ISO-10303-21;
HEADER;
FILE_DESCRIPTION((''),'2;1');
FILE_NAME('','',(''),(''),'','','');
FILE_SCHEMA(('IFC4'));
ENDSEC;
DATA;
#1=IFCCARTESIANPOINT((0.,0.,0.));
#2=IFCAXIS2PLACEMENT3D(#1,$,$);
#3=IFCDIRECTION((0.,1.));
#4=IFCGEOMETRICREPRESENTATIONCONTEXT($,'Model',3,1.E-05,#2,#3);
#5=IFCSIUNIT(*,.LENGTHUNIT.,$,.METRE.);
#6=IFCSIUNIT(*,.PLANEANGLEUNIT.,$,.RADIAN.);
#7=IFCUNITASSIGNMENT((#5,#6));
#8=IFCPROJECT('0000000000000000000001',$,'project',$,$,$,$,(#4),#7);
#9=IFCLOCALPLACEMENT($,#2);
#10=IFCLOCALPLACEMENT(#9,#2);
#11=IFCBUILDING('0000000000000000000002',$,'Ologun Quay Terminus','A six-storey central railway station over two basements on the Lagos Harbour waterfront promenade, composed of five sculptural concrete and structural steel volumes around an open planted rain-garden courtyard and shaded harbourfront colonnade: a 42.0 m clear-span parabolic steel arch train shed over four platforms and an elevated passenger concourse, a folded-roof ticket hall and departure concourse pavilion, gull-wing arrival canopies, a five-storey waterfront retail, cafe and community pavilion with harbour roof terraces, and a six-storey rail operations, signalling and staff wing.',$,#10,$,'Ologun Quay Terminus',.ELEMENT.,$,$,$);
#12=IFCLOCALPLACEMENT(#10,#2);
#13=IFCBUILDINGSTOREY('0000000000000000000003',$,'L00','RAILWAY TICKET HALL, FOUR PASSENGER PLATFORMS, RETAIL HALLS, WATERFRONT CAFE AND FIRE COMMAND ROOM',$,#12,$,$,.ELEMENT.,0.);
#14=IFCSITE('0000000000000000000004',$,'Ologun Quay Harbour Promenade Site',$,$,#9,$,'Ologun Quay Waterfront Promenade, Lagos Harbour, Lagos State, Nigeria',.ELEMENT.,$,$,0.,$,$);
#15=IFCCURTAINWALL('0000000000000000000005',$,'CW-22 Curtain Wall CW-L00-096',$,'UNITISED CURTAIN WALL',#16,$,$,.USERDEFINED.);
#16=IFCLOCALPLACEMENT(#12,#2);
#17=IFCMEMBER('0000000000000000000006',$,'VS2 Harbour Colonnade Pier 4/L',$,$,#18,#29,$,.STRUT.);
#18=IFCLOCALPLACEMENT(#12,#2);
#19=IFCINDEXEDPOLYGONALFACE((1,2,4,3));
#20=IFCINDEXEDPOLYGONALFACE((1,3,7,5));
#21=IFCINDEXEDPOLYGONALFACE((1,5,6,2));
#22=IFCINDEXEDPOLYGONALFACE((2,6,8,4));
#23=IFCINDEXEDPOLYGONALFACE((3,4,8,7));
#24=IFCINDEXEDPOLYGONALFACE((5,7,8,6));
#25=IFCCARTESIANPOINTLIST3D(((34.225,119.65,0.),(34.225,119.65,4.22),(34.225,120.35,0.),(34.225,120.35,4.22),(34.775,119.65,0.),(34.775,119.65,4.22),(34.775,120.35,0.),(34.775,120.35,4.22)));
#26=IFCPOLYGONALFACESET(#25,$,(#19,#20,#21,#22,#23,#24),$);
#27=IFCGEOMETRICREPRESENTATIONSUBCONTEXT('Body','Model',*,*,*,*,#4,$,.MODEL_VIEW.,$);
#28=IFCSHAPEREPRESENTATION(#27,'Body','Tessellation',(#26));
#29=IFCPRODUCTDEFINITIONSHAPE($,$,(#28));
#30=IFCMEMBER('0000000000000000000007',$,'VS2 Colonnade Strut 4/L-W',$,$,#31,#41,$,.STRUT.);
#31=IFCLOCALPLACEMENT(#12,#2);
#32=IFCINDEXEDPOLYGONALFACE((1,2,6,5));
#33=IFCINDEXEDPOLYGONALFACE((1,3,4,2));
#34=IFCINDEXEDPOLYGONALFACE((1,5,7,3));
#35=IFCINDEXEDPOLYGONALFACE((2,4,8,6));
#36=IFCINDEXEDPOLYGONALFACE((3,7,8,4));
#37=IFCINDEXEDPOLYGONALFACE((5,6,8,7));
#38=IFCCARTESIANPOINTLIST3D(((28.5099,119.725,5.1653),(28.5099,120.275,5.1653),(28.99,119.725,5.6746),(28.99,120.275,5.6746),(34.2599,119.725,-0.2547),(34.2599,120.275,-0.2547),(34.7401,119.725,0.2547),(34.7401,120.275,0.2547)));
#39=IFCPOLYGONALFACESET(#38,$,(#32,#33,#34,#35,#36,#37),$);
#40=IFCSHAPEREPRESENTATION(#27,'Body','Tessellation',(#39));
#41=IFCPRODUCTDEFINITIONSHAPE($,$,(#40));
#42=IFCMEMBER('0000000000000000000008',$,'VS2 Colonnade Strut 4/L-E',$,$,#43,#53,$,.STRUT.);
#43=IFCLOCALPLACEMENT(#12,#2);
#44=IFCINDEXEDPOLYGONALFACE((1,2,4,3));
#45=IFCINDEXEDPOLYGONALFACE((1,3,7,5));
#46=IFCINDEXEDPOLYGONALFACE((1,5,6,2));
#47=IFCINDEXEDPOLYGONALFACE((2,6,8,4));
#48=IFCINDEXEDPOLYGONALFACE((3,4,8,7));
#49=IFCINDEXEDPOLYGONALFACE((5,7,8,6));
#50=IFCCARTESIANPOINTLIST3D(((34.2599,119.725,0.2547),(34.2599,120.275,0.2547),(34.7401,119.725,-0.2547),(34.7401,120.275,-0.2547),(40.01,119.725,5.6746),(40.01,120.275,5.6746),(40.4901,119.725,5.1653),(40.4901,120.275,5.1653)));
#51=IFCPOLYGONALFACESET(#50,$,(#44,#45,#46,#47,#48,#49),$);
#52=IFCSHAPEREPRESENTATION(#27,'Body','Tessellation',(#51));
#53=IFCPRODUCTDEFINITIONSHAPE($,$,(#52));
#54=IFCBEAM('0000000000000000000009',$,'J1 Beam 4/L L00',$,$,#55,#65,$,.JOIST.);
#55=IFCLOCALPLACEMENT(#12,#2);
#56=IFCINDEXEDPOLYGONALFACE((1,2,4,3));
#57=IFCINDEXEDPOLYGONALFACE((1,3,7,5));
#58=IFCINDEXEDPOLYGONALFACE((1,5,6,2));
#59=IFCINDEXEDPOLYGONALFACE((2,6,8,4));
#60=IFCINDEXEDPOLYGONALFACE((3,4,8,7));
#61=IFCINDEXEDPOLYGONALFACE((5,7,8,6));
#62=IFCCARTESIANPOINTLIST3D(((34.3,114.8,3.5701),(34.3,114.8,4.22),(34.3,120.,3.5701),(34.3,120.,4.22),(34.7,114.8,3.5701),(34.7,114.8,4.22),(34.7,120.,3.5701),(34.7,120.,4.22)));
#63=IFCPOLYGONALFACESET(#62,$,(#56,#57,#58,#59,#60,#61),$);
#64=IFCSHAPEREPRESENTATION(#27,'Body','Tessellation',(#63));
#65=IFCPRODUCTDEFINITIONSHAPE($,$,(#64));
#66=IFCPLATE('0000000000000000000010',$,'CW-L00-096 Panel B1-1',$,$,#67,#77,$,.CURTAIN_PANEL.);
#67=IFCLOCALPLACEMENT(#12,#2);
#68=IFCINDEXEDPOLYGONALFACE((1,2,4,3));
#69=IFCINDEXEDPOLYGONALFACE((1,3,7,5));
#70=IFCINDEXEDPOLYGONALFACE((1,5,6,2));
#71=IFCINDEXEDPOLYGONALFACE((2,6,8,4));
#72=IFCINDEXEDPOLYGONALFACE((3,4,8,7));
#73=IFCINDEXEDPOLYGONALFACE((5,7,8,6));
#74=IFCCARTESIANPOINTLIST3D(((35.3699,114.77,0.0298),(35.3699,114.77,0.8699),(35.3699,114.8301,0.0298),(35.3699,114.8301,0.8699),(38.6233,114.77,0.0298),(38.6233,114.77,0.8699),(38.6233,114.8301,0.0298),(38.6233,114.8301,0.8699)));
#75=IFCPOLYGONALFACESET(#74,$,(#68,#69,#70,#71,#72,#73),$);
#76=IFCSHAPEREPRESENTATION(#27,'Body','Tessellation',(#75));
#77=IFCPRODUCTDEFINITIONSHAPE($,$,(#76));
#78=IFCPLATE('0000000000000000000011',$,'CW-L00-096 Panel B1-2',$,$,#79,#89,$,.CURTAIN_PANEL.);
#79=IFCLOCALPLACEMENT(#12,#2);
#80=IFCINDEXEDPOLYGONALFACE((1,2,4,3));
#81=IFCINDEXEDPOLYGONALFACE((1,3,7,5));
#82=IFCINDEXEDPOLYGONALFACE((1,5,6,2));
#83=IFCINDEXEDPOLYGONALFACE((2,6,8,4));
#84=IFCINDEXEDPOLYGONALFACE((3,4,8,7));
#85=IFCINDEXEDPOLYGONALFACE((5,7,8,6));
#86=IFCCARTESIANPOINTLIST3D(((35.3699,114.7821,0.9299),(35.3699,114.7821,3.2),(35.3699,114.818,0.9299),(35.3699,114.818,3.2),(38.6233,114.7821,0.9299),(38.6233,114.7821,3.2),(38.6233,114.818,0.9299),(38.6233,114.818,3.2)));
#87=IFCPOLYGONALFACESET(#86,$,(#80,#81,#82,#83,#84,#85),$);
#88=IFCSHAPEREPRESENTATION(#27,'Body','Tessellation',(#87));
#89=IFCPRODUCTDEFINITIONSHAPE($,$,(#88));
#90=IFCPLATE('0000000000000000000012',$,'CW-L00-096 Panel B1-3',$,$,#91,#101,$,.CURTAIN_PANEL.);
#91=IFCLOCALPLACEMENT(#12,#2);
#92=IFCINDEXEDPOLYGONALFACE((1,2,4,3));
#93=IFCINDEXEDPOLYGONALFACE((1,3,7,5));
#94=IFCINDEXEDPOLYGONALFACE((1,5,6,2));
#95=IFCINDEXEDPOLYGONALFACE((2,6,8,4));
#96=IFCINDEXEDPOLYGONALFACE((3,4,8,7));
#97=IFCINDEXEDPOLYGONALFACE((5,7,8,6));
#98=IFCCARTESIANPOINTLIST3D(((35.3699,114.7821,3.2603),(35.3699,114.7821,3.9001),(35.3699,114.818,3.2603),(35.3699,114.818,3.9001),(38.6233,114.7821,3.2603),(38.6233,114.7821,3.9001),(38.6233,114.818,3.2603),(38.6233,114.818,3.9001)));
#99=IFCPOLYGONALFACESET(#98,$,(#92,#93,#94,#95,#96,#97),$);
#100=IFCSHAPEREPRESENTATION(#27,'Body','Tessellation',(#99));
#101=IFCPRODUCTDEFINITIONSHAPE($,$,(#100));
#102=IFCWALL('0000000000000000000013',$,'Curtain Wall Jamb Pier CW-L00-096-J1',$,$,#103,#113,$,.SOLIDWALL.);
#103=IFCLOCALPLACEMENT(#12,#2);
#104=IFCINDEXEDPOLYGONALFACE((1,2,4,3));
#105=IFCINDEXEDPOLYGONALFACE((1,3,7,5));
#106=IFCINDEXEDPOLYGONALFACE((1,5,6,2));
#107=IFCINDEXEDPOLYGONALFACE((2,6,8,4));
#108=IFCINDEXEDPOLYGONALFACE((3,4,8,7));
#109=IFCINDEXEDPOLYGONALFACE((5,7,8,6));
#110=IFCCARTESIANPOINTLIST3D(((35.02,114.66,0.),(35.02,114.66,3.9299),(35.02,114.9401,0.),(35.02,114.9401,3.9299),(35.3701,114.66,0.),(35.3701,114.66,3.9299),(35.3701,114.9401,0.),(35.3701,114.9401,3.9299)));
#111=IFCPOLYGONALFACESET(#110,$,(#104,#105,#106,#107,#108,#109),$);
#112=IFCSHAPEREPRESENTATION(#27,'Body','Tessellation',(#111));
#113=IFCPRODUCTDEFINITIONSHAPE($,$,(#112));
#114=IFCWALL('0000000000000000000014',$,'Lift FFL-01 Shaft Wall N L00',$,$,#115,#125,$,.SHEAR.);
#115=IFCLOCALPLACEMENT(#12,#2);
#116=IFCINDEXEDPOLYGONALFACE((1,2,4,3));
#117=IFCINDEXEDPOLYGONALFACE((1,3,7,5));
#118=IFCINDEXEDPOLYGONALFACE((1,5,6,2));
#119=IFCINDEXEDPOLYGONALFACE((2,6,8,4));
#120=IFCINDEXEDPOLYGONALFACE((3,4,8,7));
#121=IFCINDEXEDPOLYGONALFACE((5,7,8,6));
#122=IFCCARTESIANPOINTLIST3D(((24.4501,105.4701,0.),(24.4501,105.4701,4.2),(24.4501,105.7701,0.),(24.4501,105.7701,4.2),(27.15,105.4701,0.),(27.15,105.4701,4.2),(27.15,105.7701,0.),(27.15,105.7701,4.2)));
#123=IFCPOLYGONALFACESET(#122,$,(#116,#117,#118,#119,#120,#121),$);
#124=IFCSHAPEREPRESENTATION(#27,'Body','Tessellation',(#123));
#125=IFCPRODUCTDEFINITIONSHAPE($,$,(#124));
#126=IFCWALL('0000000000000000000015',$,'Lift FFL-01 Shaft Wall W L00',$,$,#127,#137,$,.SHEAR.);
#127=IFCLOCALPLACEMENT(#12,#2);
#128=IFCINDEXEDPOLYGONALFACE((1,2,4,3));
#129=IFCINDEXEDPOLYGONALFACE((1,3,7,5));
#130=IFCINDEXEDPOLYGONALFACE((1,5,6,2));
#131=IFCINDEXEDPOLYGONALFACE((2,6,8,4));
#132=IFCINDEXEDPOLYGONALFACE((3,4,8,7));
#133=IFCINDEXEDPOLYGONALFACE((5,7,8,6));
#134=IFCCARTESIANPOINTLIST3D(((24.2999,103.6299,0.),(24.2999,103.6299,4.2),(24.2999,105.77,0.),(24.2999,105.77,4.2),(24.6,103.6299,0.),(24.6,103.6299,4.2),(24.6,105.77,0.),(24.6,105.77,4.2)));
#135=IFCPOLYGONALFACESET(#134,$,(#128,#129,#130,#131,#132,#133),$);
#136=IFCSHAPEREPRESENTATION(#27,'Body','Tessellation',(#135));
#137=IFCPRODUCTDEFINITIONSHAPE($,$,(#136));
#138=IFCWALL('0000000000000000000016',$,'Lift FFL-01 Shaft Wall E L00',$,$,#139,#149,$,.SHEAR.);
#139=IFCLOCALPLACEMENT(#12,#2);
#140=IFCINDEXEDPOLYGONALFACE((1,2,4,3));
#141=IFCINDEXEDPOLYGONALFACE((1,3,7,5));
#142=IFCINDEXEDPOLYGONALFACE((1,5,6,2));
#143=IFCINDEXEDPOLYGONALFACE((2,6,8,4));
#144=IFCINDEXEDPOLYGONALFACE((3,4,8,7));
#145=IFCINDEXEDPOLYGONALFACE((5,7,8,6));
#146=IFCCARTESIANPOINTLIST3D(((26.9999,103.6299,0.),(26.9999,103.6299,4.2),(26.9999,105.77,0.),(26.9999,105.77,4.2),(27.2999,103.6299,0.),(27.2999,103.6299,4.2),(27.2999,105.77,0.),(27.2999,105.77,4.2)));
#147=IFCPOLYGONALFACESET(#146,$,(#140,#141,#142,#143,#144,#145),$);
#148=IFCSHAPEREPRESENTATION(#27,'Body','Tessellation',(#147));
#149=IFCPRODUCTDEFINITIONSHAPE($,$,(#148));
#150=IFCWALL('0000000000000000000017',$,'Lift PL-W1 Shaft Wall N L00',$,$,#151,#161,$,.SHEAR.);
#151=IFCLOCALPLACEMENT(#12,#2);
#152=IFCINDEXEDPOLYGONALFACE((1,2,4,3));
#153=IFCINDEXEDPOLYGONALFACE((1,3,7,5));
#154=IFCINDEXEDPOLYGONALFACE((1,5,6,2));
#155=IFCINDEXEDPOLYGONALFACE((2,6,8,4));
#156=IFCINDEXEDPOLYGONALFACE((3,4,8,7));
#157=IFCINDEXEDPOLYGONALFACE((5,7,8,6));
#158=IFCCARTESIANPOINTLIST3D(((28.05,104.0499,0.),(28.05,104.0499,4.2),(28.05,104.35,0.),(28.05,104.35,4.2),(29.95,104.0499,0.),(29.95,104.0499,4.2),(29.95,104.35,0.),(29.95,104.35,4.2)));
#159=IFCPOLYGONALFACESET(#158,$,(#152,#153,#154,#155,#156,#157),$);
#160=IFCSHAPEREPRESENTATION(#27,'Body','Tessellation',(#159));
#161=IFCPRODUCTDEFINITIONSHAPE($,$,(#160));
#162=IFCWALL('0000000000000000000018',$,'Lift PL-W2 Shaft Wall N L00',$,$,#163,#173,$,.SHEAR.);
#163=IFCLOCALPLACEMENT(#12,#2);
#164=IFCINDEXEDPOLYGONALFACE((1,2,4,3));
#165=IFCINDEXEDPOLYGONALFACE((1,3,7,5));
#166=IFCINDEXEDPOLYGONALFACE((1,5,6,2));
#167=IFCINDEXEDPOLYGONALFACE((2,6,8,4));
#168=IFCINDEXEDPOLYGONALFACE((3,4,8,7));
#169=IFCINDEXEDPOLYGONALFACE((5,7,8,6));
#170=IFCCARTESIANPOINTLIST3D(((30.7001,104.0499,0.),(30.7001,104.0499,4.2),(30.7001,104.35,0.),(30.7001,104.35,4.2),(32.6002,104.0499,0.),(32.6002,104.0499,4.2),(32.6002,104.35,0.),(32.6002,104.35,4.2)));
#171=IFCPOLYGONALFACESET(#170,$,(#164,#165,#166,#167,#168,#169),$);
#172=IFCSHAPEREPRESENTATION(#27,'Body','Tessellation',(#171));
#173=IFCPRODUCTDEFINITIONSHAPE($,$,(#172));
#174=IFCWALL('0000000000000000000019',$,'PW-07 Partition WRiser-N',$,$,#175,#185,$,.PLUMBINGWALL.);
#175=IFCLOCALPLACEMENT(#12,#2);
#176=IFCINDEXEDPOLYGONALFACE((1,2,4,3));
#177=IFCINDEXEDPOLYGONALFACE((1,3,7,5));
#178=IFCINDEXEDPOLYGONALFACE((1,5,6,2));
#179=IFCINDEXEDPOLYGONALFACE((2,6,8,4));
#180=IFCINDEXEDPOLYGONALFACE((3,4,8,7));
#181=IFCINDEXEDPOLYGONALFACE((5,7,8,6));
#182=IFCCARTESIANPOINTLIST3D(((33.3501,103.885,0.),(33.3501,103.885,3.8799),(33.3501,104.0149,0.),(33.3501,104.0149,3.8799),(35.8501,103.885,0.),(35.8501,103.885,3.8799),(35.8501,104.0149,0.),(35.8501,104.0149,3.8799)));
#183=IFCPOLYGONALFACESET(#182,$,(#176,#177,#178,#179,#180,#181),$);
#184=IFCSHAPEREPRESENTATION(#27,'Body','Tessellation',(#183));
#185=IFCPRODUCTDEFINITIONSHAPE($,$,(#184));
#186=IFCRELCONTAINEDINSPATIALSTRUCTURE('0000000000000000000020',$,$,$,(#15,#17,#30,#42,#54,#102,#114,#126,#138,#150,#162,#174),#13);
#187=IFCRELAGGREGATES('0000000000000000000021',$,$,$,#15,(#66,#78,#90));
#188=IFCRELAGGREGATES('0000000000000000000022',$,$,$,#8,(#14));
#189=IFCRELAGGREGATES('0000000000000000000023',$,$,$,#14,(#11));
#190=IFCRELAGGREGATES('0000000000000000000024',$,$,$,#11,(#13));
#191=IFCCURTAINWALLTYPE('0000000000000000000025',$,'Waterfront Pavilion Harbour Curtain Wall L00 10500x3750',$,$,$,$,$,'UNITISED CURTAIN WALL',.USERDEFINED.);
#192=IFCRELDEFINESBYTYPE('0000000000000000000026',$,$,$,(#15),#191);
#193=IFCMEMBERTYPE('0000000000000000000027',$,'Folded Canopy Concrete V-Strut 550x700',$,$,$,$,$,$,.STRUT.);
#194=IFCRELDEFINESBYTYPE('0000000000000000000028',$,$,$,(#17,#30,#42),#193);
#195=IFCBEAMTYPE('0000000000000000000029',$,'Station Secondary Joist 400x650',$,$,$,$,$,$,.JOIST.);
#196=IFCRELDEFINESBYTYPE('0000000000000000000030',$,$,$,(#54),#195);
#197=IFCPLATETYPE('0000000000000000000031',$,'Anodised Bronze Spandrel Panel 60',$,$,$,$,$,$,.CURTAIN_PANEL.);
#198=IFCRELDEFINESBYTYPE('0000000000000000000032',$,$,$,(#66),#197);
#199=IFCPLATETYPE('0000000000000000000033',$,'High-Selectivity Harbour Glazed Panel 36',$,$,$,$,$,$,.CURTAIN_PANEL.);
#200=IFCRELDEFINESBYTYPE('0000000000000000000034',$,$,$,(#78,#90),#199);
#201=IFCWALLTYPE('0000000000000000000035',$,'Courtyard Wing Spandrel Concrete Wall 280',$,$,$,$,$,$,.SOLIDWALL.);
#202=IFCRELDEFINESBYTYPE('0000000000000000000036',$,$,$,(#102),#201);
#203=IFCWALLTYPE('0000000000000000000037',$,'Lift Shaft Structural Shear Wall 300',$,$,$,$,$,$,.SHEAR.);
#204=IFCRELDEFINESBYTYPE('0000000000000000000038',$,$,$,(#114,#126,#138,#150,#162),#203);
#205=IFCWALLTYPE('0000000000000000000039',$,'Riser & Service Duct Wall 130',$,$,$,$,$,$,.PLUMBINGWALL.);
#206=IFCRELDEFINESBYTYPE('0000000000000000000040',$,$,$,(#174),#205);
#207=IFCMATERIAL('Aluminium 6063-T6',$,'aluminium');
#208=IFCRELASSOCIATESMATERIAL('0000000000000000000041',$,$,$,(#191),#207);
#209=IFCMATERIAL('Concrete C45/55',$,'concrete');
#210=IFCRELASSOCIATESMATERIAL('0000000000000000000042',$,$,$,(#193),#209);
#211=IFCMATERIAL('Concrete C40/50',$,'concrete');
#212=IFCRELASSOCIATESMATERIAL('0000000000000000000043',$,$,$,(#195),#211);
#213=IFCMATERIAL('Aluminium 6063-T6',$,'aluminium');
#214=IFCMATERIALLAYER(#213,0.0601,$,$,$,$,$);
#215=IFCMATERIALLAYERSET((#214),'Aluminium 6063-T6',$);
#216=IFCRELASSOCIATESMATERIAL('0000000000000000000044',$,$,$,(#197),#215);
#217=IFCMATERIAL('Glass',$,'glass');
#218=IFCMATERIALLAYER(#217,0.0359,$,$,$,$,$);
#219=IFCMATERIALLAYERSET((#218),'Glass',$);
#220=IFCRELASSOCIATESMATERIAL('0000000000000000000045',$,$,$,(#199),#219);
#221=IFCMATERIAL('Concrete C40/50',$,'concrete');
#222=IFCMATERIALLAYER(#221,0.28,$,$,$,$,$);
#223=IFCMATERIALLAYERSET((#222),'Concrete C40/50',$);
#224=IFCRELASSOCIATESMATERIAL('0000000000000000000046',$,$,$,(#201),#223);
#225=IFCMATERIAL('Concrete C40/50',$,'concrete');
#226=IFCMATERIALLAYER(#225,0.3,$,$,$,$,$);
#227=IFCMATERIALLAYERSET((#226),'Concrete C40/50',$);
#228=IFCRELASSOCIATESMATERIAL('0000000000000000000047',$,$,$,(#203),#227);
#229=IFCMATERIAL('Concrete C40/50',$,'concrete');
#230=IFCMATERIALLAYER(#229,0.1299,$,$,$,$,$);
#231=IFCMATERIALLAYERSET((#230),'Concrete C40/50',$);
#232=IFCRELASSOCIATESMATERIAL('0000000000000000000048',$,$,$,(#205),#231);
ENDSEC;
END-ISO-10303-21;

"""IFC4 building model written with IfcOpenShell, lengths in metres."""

from ifc_helpers import new_model, si_unit, direction, frame, frame_2d, origin, origin_2d, place, context, subcontext, project, spatial, rectangle, extrude, material, layer, layer_set, material_profile, profile_set, type_object, element, aggregate, save


model = new_model("IFC4")

# Units and contexts
model_context = context("Model", 3, precision=1e-05, world=origin(), true_north=direction((0.0, 1.0)))
body_context = subcontext(model_context, "Body", "Model", "MODEL_VIEW")
ifc_project = project(units=[si_unit("LENGTHUNIT", "METRE"), si_unit("PLANEANGLEUNIT", "RADIAN")], contexts=[model_context])

# Site, building, storey
site_placement = place(None, origin())
site = spatial("IfcSite", under=ifc_project, at=site_placement, Name="Ologun Quay Harbour Promenade Site", LongName="Ologun Quay Waterfront Promenade, Lagos Harbour, Lagos State, Nigeria", CompositionType="ELEMENT", RefElevation=0.0)
building_placement = place(site_placement, origin())
building = spatial("IfcBuilding", under=site, at=building_placement, Name="Ologun Quay Terminus", Description="A six-storey central railway station over two basements on the Lagos Harbour waterfront promenade, composed of five sculptural concrete and structural steel volumes around an open planted rain-garden courtyard and shaded harbourfront colonnade: a 42.0 m clear-span parabolic steel arch train shed over four platforms and an elevated passenger concourse, a folded-roof ticket hall and departure concourse pavilion, gull-wing arrival canopies, a five-storey waterfront retail, cafe and community pavilion with harbour roof terraces, and a six-storey rail operations, signalling and staff wing.", LongName="Ologun Quay Terminus", CompositionType="ELEMENT")
storey_placement = place(building_placement, origin())
storey = spatial("IfcBuildingStorey", under=building, at=storey_placement, Name="L00", Description="RAILWAY TICKET HALL, FOUR PASSENGER PLATFORMS, RETAIL HALLS, WATERFRONT CAFE AND FIRE COMMAND ROOM", CompositionType="ELEMENT", Elevation=0.0)

# Curtain wall
ifc_material_1 = material(Name="Aluminium 6063-T6", Category="aluminium")
curtain_wall_type = type_object("IfcCurtainWallType", Name="Waterfront Pavilion Harbour Curtain Wall L00 10500x3750", ElementType="UNITISED CURTAIN WALL", PredefinedType="USERDEFINED", material=ifc_material_1)
curtain_wall_placement = place(storey_placement, origin())
curtain_wall = element("IfcCurtainWall", 1, at=curtain_wall_placement, inside=storey, type_object=curtain_wall_type, Name="CW-22 Curtain Wall CW-L00-096", ObjectType="UNITISED CURTAIN WALL", PredefinedType="USERDEFINED")

# Members
ifc_material_2 = material(Name="Concrete C45/55", Category="concrete")
ifc_material_profile_1 = material_profile(ifc_material_2, rectangle(XDim=0.55, YDim=0.7, at=origin_2d()), Name="RC 550x700")
ifc_profile_set_1 = profile_set([ifc_material_profile_1], Name="Concrete C45/55")
member_type_1 = type_object("IfcMemberType", Name="Folded Canopy Concrete V-Strut 550x700", PredefinedType="STRUT", material=ifc_profile_set_1)
member_1_placement = place(storey_placement, frame((34.5, 120.0, 0.0), z_axis=(0.0, 0.0, 1.0), x_axis=(1.0, 0.0, 0.0)))
element("IfcMember", 2, at=member_1_placement, inside=storey, type_object=member_type_1, Name="VS2 Harbour Colonnade Pier 4/L", PredefinedType="STRUT", context=body_context, shape_type="SweptSolid", body=[
    extrude(rectangle(XDim=0.55, YDim=0.7, at=origin_2d()), origin(), (0.0, 0.0, 1.0), 4.22),
])
for number, where, z_axis, x_axis, name in (
    (3, (34.5, 120.0, 0.0), (-0.727685, 0.0, 0.685912), (0.0, -1.0, 0.0), "VS2 Colonnade Strut 4/L-W"),
    (4, (34.5, 120.0, 0.0), (0.727685, 0.0, 0.685912), (0.0, 1.0, 0.0), "VS2 Colonnade Strut 4/L-E"),
):
    element("IfcMember", number, at=place(storey_placement, frame(where, z_axis=z_axis, x_axis=x_axis)), inside=storey, type_object=member_type_1, Name=name, PredefinedType="STRUT", context=body_context, shape_type="SweptSolid", body=[
        extrude(rectangle(XDim=0.55, YDim=0.7, at=origin_2d()), origin(), (0.0, 0.0, 1.0), 7.9019),
    ])

# Beam
ifc_material_3 = material(Name="Concrete C40/50", Category="concrete")
ifc_material_profile_2 = material_profile(ifc_material_3, rectangle(XDim=0.3999, YDim=0.6499, at=origin_2d()), Name="RC 400x650")
ifc_profile_set_2 = profile_set([ifc_material_profile_2], Name="Concrete C40/50")
beam_type_1 = type_object("IfcBeamType", Name="Station Secondary Joist 400x650", PredefinedType="JOIST", material=ifc_profile_set_2)
beam_1_placement = place(storey_placement, frame((34.5, 114.8, 3.895), z_axis=(0.0, 1.0, 0.0), x_axis=(-1.0, 0.0, 0.0)))
element("IfcBeam", 5, at=beam_1_placement, inside=storey, type_object=beam_type_1, Name="J1 Beam 4/L L00", PredefinedType="JOIST", context=body_context, shape_type="SweptSolid", body=[
    extrude(rectangle(XDim=0.3999, YDim=0.6499, at=origin_2d()), origin(), (0.0, 0.0, 1.0), 5.2),
])

# Plates
ifc_material_4 = material(Name="Aluminium 6063-T6", Category="aluminium")
ifc_layer_1 = layer(ifc_material_4, 0.0601)
ifc_layer_set_1 = layer_set([ifc_layer_1], Name="Aluminium 6063-T6")
plate_type_1 = type_object("IfcPlateType", Name="Anodised Bronze Spandrel Panel 60", PredefinedType="CURTAIN_PANEL", material=ifc_layer_set_1)
plate_1_placement = place(storey_placement, frame((36.9966, 114.8, 0.0298), z_axis=(0.0, 0.0, 1.0), x_axis=(1.0, 0.0, 0.0)))
plate_1 = element("IfcPlate", 6, at=plate_1_placement, type_object=plate_type_1, Name="CW-L00-096 Panel B1-1", PredefinedType="CURTAIN_PANEL", context=body_context, shape_type="SweptSolid", body=[
    extrude(rectangle(XDim=3.2534, YDim=0.0601, at=origin_2d()), origin(), (0.0, 0.0, 1.0), 0.8401),
])
ifc_material_5 = material(Name="Glass", Category="glass")
ifc_layer_2 = layer(ifc_material_5, 0.0359)
ifc_layer_set_2 = layer_set([ifc_layer_2], Name="Glass")
plate_type_2 = type_object("IfcPlateType", Name="High-Selectivity Harbour Glazed Panel 36", PredefinedType="CURTAIN_PANEL", material=ifc_layer_set_2)
plate_2_placement = place(storey_placement, frame((36.9966, 114.8, 0.9299), z_axis=(0.0, 0.0, 1.0), x_axis=(1.0, 0.0, 0.0)))
plate_2 = element("IfcPlate", 7, at=plate_2_placement, type_object=plate_type_2, Name="CW-L00-096 Panel B1-2", PredefinedType="CURTAIN_PANEL", context=body_context, shape_type="SweptSolid", body=[
    extrude(rectangle(XDim=3.2534, YDim=0.0359, at=origin_2d()), origin(), (0.0, 0.0, 1.0), 2.27),
])
plate_3_placement = place(storey_placement, frame((36.9966, 114.8, 3.2603), z_axis=(0.0, 0.0, 1.0), x_axis=(1.0, 0.0, 0.0)))
plate_3 = element("IfcPlate", 8, at=plate_3_placement, type_object=plate_type_2, Name="CW-L00-096 Panel B1-3", PredefinedType="CURTAIN_PANEL", context=body_context, shape_type="SweptSolid", body=[
    extrude(rectangle(XDim=3.2534, YDim=0.0359, at=origin_2d()), origin(), (0.0, 0.0, 1.0), 0.6399),
])
aggregate(curtain_wall, [plate_1, plate_2, plate_3])

# Wall
ifc_material_6 = material(Name="Concrete C40/50", Category="concrete")
ifc_layer_3 = layer(ifc_material_6, 0.28)
ifc_layer_set_3 = layer_set([ifc_layer_3], Name="Concrete C40/50")
wall_type_1 = type_object("IfcWallType", Name="Courtyard Wing Spandrel Concrete Wall 280", PredefinedType="SOLIDWALL", material=ifc_layer_set_3)
wall_1_placement = place(storey_placement, frame((35.02, 114.8, 0.0), z_axis=(0.0, 0.0, 1.0), x_axis=(1.0, 0.0, 0.0)))
element("IfcWall", 9, at=wall_1_placement, inside=storey, type_object=wall_type_1, Name="Curtain Wall Jamb Pier CW-L00-096-J1", PredefinedType="SOLIDWALL", context=body_context, shape_type="SweptSolid", body=[
    extrude(rectangle(XDim=0.3501, YDim=0.28, at=frame_2d((0.175, 0.0))), origin(), (0.0, 0.0, 1.0), 3.9299),
])

# Shared definitions
ifc_material_7 = material(Name="Concrete C40/50", Category="concrete")
ifc_layer_4 = layer(ifc_material_7, 0.3)
ifc_layer_set_4 = layer_set([ifc_layer_4], Name="Concrete C40/50")
wall_type_2 = type_object("IfcWallType", Name="Lift Shaft Structural Shear Wall 300", PredefinedType="SHEAR", material=ifc_layer_set_4)

# Walls
wall_2_placement = place(storey_placement, frame((24.45, 105.6201, 0.0), z_axis=(0.0, 0.0, 1.0), x_axis=(1.0, 0.0, 0.0)))
element("IfcWall", 10, at=wall_2_placement, inside=storey, type_object=wall_type_2, Name="Lift FFL-01 Shaft Wall N L00", PredefinedType="SHEAR", context=body_context, shape_type="SweptSolid", body=[
    extrude(rectangle(XDim=2.7, YDim=0.3, at=frame_2d((1.3501, 0.0))), origin(), (0.0, 0.0, 1.0), 4.2),
])
for number, where, z_axis, x_axis, name in (
    (11, (24.45, 103.6299, 0.0), (0.0, 0.0, 1.0), (0.0, 1.0, 0.0), "Lift FFL-01 Shaft Wall W L00"),
    (12, (27.1499, 103.6299, 0.0), (0.0, 0.0, 1.0), (0.0, 1.0, 0.0), "Lift FFL-01 Shaft Wall E L00"),
):
    element("IfcWall", number, at=place(storey_placement, frame(where, z_axis=z_axis, x_axis=x_axis)), inside=storey, type_object=wall_type_2, Name=name, PredefinedType="SHEAR", context=body_context, shape_type="SweptSolid", body=[
        extrude(rectangle(XDim=2.1401, YDim=0.3, at=frame_2d((1.0701, 0.0))), origin(), (0.0, 0.0, 1.0), 4.2),
    ])
wall_3_placement = place(storey_placement, frame((28.05, 104.2, 0.0), z_axis=(0.0, 0.0, 1.0), x_axis=(1.0, 0.0, 0.0)))
element("IfcWall", 13, at=wall_3_placement, inside=storey, type_object=wall_type_2, Name="Lift PL-W1 Shaft Wall N L00", PredefinedType="SHEAR", context=body_context, shape_type="SweptSolid", body=[
    extrude(rectangle(XDim=1.8999, YDim=0.3, at=frame_2d((0.95, 0.0))), origin(), (0.0, 0.0, 1.0), 4.2),
])
wall_4_placement = place(storey_placement, frame((30.7, 104.2, 0.0), z_axis=(0.0, 0.0, 1.0), x_axis=(1.0, 0.0, 0.0)))
element("IfcWall", 14, at=wall_4_placement, inside=storey, type_object=wall_type_2, Name="Lift PL-W2 Shaft Wall N L00", PredefinedType="SHEAR", context=body_context, shape_type="SweptSolid", body=[
    extrude(rectangle(XDim=1.9001, YDim=0.3, at=frame_2d((0.9502, 0.0))), origin(), (0.0, 0.0, 1.0), 4.2),
])
ifc_material_8 = material(Name="Concrete C40/50", Category="concrete")
ifc_layer_5 = layer(ifc_material_8, 0.1299)
ifc_layer_set_5 = layer_set([ifc_layer_5], Name="Concrete C40/50")
wall_type_3 = type_object("IfcWallType", Name="Riser & Service Duct Wall 130", PredefinedType="PLUMBINGWALL", material=ifc_layer_set_5)
wall_5_placement = place(storey_placement, frame((33.3501, 103.95, 0.0), z_axis=(0.0, 0.0, 1.0), x_axis=(1.0, 0.0, 0.0)))
element("IfcWall", 15, at=wall_5_placement, inside=storey, type_object=wall_type_3, Name="PW-07 Partition WRiser-N", PredefinedType="PLUMBINGWALL", context=body_context, shape_type="SweptSolid", body=[
    extrude(rectangle(XDim=2.5, YDim=0.1299, at=frame_2d((1.25, 0.0))), origin(), (0.0, 0.0, 1.0), 3.8799),
])

save(model, "model.ifc")
